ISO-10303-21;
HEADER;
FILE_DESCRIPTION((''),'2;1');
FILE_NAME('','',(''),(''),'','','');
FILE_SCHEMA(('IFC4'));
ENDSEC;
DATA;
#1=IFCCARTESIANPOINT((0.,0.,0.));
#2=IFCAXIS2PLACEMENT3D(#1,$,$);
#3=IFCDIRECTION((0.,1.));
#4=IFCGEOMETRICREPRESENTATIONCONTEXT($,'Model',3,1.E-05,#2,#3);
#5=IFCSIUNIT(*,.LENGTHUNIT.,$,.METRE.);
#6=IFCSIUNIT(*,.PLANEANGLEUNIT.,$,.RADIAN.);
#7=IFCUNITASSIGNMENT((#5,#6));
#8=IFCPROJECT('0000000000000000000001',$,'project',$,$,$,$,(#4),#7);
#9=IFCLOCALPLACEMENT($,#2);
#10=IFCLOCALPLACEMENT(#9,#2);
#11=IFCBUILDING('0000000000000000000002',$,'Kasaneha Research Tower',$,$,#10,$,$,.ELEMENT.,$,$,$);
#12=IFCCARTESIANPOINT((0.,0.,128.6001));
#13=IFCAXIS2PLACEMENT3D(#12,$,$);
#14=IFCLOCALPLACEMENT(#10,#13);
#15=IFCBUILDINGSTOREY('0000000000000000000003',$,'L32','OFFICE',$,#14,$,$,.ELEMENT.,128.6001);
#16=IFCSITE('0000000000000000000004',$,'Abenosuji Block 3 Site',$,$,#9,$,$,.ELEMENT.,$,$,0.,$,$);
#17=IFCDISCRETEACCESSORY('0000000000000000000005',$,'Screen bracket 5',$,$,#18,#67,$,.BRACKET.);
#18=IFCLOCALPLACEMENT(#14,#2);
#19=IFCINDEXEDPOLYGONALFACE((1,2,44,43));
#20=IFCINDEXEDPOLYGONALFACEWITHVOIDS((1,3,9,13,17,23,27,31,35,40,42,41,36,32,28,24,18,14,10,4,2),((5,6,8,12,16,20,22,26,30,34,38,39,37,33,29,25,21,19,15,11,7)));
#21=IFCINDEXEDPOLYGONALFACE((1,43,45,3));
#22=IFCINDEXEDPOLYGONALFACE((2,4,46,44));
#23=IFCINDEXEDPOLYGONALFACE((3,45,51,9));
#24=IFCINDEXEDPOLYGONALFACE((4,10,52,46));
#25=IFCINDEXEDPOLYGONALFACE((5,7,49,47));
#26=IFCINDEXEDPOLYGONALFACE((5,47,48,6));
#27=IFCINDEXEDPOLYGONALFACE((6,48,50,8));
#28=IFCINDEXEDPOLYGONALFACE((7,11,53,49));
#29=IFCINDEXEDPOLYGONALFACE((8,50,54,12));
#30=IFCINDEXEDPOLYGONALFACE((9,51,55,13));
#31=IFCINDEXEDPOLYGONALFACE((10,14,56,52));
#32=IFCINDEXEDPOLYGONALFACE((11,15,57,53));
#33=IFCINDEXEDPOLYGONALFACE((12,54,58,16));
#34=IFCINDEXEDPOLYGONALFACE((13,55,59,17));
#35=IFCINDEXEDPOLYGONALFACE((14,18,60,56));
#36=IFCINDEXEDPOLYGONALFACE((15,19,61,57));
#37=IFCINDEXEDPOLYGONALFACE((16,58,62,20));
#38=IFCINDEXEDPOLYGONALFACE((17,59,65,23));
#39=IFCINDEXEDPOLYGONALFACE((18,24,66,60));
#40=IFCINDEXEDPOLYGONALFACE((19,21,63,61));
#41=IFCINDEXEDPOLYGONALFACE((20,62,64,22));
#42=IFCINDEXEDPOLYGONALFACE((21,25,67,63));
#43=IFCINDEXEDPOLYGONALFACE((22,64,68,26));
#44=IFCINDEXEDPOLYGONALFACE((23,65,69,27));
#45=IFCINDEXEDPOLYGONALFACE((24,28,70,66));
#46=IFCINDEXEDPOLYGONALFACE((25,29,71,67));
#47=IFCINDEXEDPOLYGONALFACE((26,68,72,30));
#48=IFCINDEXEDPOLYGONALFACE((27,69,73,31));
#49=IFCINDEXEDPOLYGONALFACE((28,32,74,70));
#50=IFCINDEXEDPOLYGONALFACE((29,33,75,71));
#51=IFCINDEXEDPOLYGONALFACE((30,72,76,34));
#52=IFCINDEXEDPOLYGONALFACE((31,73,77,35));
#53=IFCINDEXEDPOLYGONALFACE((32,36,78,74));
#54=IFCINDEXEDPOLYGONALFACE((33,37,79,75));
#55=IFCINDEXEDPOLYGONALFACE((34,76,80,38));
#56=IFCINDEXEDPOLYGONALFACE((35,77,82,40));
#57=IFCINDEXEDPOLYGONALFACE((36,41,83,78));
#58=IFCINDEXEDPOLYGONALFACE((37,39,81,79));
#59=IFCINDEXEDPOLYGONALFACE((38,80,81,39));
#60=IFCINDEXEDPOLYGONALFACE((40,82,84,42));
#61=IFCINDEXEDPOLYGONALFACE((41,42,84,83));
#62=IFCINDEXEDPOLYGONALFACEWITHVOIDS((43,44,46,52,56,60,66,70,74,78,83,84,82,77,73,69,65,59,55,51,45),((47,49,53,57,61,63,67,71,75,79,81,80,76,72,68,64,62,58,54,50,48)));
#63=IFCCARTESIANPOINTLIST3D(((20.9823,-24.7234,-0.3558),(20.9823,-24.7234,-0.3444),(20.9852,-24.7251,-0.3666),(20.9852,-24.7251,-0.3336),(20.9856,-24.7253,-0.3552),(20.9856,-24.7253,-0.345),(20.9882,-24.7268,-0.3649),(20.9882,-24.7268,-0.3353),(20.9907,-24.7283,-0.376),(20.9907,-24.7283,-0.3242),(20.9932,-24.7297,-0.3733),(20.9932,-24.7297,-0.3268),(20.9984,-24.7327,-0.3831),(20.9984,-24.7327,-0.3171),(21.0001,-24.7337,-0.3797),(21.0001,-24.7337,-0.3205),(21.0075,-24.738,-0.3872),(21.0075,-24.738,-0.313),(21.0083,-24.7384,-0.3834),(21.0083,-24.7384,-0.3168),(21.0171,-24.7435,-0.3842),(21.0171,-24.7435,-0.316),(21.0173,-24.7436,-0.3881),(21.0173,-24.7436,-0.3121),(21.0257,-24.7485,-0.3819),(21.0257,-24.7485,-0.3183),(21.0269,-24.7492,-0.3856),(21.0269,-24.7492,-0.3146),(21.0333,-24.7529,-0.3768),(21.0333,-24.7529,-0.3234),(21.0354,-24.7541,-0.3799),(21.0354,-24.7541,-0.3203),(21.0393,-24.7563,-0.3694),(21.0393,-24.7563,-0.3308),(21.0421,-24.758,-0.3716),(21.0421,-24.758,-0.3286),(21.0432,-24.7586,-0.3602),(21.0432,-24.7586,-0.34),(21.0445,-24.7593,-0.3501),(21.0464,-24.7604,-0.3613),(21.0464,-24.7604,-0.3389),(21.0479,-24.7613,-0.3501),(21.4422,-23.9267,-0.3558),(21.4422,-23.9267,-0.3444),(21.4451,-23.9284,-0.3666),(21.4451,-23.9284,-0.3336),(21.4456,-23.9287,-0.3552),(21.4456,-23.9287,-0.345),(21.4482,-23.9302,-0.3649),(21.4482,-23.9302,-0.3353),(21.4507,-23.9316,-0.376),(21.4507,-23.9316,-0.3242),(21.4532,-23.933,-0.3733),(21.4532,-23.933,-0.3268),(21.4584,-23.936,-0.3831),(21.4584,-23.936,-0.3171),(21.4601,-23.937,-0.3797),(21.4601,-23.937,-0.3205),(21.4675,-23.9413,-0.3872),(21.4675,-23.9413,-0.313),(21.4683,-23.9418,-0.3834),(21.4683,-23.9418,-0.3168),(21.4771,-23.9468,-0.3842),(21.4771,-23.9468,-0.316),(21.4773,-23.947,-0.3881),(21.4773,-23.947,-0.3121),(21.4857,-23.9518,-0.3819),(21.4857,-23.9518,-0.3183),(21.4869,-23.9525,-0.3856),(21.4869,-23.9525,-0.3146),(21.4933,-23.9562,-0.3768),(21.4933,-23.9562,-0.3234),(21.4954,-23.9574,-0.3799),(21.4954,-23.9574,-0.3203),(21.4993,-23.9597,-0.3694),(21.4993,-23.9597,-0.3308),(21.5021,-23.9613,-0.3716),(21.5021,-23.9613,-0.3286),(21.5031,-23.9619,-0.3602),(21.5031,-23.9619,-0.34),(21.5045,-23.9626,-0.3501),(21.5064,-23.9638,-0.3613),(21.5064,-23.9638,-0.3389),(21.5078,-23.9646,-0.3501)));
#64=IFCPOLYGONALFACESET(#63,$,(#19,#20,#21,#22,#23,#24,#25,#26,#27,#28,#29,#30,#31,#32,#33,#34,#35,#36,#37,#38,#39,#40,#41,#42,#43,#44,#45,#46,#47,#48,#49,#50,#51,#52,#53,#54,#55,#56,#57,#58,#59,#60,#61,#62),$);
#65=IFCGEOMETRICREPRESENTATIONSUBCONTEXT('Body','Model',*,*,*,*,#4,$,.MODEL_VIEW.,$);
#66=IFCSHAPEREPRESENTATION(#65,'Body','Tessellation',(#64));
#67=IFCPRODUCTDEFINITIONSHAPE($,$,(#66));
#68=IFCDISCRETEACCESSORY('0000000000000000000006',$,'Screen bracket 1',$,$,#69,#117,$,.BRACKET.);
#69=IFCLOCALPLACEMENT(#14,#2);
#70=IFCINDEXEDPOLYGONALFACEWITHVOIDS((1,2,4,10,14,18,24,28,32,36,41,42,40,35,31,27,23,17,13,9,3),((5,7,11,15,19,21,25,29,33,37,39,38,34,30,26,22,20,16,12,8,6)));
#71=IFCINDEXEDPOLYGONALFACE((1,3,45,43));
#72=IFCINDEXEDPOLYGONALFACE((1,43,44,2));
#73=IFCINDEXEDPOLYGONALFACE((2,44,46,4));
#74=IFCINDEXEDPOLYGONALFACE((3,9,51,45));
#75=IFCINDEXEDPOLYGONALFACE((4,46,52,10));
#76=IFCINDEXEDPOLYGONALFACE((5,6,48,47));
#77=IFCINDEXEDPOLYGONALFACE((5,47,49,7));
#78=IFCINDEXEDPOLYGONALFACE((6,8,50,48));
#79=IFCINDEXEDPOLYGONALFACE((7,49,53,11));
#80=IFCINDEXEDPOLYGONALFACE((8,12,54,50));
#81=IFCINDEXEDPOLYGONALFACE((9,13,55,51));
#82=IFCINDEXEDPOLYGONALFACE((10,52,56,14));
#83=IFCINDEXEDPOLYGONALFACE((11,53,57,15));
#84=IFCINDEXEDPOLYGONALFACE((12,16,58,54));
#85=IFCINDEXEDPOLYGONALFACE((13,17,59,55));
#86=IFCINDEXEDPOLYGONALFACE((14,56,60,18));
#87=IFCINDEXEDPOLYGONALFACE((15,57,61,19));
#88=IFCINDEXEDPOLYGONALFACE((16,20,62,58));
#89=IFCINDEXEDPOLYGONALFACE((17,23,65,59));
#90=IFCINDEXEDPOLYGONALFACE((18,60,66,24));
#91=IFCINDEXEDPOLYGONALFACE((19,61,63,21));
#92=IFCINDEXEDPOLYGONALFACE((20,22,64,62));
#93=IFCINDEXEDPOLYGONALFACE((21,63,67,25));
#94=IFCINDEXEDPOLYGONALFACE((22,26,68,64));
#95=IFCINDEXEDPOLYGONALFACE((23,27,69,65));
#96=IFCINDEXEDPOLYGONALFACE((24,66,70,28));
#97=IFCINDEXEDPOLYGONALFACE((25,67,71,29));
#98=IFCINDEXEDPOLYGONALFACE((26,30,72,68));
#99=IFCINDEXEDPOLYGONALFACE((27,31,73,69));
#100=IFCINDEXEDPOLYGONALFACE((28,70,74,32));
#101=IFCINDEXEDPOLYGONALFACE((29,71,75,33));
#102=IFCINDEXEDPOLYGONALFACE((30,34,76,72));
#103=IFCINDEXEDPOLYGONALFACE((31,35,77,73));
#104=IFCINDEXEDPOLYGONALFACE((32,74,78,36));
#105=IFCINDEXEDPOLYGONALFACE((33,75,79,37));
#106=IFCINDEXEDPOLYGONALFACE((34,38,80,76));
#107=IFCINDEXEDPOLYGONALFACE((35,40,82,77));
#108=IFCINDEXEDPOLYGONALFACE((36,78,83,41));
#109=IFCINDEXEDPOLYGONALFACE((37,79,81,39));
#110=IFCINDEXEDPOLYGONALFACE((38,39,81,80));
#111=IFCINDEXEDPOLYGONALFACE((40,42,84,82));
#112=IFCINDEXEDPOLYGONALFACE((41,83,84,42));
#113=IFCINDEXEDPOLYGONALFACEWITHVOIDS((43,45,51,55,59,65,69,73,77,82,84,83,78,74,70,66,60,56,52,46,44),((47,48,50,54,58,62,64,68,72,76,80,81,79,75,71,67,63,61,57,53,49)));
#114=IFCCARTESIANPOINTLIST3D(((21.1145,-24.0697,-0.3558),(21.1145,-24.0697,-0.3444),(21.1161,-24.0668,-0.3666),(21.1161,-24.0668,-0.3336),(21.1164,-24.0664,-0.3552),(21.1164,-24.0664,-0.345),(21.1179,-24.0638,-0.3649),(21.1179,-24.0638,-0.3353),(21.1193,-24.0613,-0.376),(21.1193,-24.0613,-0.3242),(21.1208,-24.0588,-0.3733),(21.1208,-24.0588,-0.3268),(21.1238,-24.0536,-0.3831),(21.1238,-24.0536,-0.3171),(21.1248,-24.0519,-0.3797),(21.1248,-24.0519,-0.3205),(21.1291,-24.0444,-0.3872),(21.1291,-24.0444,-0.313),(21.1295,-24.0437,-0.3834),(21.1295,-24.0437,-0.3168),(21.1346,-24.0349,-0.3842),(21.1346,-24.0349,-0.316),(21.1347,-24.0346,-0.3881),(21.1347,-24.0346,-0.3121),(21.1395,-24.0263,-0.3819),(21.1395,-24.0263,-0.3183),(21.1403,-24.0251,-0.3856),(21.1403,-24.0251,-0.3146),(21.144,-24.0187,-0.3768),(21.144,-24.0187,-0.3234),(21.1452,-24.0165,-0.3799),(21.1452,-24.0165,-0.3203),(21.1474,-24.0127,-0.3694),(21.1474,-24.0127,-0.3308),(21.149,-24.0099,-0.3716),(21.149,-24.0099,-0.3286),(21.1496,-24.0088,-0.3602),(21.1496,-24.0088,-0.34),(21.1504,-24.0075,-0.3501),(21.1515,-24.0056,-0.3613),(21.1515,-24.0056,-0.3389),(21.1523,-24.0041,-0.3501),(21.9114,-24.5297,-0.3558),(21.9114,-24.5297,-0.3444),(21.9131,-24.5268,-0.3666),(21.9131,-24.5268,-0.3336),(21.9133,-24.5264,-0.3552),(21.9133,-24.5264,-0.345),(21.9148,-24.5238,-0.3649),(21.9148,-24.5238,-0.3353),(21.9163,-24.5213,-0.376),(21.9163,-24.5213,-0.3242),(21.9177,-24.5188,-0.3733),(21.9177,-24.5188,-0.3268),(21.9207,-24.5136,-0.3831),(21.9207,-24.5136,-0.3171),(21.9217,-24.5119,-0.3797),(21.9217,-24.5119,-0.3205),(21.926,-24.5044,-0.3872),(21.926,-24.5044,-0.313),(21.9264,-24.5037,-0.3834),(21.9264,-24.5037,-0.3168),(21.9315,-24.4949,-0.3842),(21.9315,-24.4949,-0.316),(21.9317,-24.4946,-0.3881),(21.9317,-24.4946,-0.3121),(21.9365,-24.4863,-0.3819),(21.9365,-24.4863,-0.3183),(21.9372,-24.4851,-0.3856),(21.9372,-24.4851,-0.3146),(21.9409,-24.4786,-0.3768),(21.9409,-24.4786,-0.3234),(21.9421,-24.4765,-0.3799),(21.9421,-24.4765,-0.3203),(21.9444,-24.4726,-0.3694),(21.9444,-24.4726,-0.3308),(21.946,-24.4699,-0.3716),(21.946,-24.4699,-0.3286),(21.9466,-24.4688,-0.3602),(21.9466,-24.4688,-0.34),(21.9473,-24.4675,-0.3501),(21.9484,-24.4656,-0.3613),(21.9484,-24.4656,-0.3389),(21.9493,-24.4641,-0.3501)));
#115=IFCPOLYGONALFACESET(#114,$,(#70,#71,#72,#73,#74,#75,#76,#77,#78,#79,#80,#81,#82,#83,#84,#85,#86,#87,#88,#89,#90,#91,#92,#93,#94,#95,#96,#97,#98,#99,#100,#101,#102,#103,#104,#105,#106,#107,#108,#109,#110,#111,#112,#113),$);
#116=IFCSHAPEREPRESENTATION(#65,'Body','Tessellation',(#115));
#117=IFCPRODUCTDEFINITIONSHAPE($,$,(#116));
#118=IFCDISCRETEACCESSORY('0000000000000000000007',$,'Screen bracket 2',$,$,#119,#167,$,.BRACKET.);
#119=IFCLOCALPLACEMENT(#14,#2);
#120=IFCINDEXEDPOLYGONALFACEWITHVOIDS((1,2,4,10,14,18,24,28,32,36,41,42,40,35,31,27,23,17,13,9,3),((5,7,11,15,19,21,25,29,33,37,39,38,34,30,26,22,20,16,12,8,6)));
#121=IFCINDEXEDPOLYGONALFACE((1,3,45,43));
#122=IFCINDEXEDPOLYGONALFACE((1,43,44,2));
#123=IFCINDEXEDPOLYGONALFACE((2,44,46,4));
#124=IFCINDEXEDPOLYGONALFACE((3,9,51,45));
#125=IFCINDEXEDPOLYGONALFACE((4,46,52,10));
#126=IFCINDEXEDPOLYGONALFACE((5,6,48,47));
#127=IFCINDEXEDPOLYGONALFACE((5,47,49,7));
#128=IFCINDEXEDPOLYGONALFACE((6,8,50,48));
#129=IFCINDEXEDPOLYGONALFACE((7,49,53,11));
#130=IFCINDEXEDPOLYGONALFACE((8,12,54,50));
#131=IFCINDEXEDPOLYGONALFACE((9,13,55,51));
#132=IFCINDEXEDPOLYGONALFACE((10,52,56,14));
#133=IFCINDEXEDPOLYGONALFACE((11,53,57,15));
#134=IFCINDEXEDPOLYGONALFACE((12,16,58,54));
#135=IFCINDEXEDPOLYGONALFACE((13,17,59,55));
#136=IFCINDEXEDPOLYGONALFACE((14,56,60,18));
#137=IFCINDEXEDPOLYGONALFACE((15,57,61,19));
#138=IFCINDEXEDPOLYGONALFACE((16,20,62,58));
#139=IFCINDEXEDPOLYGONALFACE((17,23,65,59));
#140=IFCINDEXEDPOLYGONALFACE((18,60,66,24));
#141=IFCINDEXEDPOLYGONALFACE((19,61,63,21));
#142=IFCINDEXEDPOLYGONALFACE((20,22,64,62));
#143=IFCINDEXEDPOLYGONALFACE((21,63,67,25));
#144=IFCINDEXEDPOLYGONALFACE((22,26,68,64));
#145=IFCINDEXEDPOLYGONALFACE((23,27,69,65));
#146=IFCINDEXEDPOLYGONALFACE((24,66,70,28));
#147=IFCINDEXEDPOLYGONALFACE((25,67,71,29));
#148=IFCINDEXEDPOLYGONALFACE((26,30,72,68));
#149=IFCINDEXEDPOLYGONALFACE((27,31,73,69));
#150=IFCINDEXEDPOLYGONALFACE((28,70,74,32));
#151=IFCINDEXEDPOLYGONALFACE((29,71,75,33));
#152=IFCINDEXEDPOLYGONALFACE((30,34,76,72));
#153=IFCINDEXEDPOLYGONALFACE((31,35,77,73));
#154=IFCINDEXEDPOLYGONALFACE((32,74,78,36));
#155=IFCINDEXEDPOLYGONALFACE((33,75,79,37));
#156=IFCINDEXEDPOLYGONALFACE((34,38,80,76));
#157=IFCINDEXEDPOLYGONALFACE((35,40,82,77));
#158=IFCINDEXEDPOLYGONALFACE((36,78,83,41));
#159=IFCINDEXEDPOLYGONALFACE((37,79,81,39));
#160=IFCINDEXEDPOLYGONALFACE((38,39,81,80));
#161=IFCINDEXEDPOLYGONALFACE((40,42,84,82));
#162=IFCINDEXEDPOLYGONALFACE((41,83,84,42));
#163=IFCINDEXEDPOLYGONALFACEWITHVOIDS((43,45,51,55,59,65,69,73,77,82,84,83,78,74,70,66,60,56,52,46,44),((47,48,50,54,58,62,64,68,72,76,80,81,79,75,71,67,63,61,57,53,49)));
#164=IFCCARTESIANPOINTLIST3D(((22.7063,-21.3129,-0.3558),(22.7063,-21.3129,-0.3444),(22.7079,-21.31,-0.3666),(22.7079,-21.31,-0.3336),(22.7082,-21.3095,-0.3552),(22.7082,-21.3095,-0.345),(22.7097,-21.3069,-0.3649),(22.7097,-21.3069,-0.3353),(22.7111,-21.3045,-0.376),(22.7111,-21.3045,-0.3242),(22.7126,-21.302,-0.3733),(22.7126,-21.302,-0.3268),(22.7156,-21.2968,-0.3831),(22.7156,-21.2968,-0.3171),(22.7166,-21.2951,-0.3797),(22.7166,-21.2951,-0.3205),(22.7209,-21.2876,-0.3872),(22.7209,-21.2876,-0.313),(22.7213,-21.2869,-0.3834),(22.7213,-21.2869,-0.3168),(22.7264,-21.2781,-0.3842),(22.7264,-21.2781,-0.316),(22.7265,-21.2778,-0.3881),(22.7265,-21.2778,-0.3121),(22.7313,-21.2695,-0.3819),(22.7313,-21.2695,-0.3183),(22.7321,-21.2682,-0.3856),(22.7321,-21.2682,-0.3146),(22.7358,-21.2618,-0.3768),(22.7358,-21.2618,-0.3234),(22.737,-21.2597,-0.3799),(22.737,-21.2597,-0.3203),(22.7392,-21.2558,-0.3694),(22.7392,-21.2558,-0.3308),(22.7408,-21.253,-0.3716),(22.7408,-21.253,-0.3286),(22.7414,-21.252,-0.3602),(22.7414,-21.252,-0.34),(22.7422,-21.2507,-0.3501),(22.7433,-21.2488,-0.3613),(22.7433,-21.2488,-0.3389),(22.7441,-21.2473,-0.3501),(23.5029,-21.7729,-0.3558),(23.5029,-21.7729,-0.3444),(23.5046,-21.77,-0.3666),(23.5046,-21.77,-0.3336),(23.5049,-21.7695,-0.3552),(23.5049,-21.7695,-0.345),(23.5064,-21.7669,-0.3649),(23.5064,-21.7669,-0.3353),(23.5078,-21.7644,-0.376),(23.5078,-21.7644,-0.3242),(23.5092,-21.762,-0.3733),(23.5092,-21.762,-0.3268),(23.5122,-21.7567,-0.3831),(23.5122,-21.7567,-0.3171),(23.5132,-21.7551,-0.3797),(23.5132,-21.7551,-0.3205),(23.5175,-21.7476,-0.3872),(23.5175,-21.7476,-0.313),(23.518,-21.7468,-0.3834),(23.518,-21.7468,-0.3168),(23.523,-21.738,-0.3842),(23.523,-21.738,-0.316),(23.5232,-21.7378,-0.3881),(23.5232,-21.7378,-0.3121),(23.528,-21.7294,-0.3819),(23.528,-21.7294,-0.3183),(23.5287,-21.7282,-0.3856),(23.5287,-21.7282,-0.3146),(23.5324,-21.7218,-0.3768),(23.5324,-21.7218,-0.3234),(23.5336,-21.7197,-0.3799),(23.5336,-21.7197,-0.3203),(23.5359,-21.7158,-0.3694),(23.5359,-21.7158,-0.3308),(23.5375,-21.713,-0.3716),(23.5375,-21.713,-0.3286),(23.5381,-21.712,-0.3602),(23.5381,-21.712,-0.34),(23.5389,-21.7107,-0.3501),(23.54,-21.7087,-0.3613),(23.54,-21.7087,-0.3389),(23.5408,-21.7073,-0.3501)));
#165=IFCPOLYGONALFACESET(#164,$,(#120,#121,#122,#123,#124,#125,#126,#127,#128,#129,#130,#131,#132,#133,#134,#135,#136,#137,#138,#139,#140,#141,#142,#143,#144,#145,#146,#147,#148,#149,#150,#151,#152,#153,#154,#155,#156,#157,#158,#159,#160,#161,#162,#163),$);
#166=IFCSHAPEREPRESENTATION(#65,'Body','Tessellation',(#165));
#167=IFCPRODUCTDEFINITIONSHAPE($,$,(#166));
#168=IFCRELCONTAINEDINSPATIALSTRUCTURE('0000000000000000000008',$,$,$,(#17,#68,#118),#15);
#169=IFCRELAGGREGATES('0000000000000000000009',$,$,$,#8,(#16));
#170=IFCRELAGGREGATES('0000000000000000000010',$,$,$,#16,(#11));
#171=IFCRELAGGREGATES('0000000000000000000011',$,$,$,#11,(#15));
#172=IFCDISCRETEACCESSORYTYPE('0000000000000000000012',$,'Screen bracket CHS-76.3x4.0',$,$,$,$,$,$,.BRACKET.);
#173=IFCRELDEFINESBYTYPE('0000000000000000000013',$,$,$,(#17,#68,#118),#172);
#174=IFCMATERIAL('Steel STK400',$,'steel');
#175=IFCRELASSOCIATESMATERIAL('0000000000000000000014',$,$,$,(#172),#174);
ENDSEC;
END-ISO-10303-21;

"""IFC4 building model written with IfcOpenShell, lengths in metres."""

from ifc_helpers import new_model, si_unit, direction, frame, origin, origin_2d, place, context, subcontext, project, spatial, hollow_circle, extrude, material, material_profile, profile_set, type_object, element, save


model = new_model("IFC4")

# Units and contexts
model_context = context("Model", 3, precision=1e-05, world=origin(), true_north=direction((0.0, 1.0)))
body_context = subcontext(model_context, "Body", "Model", "MODEL_VIEW")
ifc_project = project(units=[si_unit("LENGTHUNIT", "METRE"), si_unit("PLANEANGLEUNIT", "RADIAN")], contexts=[model_context])

# Site, building, storey
site_placement = place(None, origin())
site = spatial("IfcSite", under=ifc_project, at=site_placement, Name="Abenosuji Block 3 Site", CompositionType="ELEMENT", RefElevation=0.0)
building_placement = place(site_placement, origin())
building = spatial("IfcBuilding", under=site, at=building_placement, Name="Kasaneha Research Tower", CompositionType="ELEMENT")
storey_placement = place(building_placement, frame((0.0, 0.0, 128.6001)))
storey = spatial("IfcBuildingStorey", under=building, at=storey_placement, Name="L32", Description="OFFICE", CompositionType="ELEMENT", Elevation=128.6001)

# Discrete accessories
ifc_material_1 = material(Name="Steel STK400", Category="steel")
ifc_material_profile_1 = material_profile(ifc_material_1, hollow_circle(Radius=0.0381, WallThickness=0.0039, at=origin_2d()), Name="CHS-76.3x4.0")
ifc_profile_set_1 = profile_set([ifc_material_profile_1], Name="Steel STK400")
discrete_accessory_type = type_object("IfcDiscreteAccessoryType", Name="Screen bracket CHS-76.3x4.0", PredefinedType="BRACKET", material=ifc_profile_set_1)
discrete_accessory_1_placement = place(storey_placement, frame((21.4749, -23.9456, -0.3501), z_axis=(-0.500021, -0.866013, 0.0), x_axis=(0.866013, -0.500021, 0.0)))
element("IfcDiscreteAccessory", 1, at=discrete_accessory_1_placement, inside=storey, type_object=discrete_accessory_type, Name="Screen bracket 5", PredefinedType="BRACKET", context=body_context, shape_type="SweptSolid", body=[
    extrude(hollow_circle(Radius=0.0381, WallThickness=0.0039, at=origin_2d()), origin(), (0.0, 0.0, 1.0), 0.9199),
])
discrete_accessory_2_placement = place(storey_placement, frame((21.1333, -24.0371, -0.3501), z_axis=(0.86608, -0.499906, 0.0), x_axis=(0.499906, 0.86608, 0.0)))
element("IfcDiscreteAccessory", 2, at=discrete_accessory_2_placement, inside=storey, type_object=discrete_accessory_type, Name="Screen bracket 1", PredefinedType="BRACKET", context=body_context, shape_type="SweptSolid", body=[
    extrude(hollow_circle(Radius=0.0381, WallThickness=0.0039, at=origin_2d()), origin(), (0.0, 0.0, 1.0), 0.9202),
])
discrete_accessory_3_placement = place(storey_placement, frame((22.7251, -21.2803, -0.3501), z_axis=(0.866013, -0.500021, 0.0), x_axis=(0.500021, 0.866013, 0.0)))
element("IfcDiscreteAccessory", 3, at=discrete_accessory_3_placement, inside=storey, type_object=discrete_accessory_type, Name="Screen bracket 2", PredefinedType="BRACKET", context=body_context, shape_type="SweptSolid", body=[
    extrude(hollow_circle(Radius=0.0381, WallThickness=0.0039, at=origin_2d()), origin(), (0.0, 0.0, 1.0), 0.9199),
])

save(model, "model.ifc")
